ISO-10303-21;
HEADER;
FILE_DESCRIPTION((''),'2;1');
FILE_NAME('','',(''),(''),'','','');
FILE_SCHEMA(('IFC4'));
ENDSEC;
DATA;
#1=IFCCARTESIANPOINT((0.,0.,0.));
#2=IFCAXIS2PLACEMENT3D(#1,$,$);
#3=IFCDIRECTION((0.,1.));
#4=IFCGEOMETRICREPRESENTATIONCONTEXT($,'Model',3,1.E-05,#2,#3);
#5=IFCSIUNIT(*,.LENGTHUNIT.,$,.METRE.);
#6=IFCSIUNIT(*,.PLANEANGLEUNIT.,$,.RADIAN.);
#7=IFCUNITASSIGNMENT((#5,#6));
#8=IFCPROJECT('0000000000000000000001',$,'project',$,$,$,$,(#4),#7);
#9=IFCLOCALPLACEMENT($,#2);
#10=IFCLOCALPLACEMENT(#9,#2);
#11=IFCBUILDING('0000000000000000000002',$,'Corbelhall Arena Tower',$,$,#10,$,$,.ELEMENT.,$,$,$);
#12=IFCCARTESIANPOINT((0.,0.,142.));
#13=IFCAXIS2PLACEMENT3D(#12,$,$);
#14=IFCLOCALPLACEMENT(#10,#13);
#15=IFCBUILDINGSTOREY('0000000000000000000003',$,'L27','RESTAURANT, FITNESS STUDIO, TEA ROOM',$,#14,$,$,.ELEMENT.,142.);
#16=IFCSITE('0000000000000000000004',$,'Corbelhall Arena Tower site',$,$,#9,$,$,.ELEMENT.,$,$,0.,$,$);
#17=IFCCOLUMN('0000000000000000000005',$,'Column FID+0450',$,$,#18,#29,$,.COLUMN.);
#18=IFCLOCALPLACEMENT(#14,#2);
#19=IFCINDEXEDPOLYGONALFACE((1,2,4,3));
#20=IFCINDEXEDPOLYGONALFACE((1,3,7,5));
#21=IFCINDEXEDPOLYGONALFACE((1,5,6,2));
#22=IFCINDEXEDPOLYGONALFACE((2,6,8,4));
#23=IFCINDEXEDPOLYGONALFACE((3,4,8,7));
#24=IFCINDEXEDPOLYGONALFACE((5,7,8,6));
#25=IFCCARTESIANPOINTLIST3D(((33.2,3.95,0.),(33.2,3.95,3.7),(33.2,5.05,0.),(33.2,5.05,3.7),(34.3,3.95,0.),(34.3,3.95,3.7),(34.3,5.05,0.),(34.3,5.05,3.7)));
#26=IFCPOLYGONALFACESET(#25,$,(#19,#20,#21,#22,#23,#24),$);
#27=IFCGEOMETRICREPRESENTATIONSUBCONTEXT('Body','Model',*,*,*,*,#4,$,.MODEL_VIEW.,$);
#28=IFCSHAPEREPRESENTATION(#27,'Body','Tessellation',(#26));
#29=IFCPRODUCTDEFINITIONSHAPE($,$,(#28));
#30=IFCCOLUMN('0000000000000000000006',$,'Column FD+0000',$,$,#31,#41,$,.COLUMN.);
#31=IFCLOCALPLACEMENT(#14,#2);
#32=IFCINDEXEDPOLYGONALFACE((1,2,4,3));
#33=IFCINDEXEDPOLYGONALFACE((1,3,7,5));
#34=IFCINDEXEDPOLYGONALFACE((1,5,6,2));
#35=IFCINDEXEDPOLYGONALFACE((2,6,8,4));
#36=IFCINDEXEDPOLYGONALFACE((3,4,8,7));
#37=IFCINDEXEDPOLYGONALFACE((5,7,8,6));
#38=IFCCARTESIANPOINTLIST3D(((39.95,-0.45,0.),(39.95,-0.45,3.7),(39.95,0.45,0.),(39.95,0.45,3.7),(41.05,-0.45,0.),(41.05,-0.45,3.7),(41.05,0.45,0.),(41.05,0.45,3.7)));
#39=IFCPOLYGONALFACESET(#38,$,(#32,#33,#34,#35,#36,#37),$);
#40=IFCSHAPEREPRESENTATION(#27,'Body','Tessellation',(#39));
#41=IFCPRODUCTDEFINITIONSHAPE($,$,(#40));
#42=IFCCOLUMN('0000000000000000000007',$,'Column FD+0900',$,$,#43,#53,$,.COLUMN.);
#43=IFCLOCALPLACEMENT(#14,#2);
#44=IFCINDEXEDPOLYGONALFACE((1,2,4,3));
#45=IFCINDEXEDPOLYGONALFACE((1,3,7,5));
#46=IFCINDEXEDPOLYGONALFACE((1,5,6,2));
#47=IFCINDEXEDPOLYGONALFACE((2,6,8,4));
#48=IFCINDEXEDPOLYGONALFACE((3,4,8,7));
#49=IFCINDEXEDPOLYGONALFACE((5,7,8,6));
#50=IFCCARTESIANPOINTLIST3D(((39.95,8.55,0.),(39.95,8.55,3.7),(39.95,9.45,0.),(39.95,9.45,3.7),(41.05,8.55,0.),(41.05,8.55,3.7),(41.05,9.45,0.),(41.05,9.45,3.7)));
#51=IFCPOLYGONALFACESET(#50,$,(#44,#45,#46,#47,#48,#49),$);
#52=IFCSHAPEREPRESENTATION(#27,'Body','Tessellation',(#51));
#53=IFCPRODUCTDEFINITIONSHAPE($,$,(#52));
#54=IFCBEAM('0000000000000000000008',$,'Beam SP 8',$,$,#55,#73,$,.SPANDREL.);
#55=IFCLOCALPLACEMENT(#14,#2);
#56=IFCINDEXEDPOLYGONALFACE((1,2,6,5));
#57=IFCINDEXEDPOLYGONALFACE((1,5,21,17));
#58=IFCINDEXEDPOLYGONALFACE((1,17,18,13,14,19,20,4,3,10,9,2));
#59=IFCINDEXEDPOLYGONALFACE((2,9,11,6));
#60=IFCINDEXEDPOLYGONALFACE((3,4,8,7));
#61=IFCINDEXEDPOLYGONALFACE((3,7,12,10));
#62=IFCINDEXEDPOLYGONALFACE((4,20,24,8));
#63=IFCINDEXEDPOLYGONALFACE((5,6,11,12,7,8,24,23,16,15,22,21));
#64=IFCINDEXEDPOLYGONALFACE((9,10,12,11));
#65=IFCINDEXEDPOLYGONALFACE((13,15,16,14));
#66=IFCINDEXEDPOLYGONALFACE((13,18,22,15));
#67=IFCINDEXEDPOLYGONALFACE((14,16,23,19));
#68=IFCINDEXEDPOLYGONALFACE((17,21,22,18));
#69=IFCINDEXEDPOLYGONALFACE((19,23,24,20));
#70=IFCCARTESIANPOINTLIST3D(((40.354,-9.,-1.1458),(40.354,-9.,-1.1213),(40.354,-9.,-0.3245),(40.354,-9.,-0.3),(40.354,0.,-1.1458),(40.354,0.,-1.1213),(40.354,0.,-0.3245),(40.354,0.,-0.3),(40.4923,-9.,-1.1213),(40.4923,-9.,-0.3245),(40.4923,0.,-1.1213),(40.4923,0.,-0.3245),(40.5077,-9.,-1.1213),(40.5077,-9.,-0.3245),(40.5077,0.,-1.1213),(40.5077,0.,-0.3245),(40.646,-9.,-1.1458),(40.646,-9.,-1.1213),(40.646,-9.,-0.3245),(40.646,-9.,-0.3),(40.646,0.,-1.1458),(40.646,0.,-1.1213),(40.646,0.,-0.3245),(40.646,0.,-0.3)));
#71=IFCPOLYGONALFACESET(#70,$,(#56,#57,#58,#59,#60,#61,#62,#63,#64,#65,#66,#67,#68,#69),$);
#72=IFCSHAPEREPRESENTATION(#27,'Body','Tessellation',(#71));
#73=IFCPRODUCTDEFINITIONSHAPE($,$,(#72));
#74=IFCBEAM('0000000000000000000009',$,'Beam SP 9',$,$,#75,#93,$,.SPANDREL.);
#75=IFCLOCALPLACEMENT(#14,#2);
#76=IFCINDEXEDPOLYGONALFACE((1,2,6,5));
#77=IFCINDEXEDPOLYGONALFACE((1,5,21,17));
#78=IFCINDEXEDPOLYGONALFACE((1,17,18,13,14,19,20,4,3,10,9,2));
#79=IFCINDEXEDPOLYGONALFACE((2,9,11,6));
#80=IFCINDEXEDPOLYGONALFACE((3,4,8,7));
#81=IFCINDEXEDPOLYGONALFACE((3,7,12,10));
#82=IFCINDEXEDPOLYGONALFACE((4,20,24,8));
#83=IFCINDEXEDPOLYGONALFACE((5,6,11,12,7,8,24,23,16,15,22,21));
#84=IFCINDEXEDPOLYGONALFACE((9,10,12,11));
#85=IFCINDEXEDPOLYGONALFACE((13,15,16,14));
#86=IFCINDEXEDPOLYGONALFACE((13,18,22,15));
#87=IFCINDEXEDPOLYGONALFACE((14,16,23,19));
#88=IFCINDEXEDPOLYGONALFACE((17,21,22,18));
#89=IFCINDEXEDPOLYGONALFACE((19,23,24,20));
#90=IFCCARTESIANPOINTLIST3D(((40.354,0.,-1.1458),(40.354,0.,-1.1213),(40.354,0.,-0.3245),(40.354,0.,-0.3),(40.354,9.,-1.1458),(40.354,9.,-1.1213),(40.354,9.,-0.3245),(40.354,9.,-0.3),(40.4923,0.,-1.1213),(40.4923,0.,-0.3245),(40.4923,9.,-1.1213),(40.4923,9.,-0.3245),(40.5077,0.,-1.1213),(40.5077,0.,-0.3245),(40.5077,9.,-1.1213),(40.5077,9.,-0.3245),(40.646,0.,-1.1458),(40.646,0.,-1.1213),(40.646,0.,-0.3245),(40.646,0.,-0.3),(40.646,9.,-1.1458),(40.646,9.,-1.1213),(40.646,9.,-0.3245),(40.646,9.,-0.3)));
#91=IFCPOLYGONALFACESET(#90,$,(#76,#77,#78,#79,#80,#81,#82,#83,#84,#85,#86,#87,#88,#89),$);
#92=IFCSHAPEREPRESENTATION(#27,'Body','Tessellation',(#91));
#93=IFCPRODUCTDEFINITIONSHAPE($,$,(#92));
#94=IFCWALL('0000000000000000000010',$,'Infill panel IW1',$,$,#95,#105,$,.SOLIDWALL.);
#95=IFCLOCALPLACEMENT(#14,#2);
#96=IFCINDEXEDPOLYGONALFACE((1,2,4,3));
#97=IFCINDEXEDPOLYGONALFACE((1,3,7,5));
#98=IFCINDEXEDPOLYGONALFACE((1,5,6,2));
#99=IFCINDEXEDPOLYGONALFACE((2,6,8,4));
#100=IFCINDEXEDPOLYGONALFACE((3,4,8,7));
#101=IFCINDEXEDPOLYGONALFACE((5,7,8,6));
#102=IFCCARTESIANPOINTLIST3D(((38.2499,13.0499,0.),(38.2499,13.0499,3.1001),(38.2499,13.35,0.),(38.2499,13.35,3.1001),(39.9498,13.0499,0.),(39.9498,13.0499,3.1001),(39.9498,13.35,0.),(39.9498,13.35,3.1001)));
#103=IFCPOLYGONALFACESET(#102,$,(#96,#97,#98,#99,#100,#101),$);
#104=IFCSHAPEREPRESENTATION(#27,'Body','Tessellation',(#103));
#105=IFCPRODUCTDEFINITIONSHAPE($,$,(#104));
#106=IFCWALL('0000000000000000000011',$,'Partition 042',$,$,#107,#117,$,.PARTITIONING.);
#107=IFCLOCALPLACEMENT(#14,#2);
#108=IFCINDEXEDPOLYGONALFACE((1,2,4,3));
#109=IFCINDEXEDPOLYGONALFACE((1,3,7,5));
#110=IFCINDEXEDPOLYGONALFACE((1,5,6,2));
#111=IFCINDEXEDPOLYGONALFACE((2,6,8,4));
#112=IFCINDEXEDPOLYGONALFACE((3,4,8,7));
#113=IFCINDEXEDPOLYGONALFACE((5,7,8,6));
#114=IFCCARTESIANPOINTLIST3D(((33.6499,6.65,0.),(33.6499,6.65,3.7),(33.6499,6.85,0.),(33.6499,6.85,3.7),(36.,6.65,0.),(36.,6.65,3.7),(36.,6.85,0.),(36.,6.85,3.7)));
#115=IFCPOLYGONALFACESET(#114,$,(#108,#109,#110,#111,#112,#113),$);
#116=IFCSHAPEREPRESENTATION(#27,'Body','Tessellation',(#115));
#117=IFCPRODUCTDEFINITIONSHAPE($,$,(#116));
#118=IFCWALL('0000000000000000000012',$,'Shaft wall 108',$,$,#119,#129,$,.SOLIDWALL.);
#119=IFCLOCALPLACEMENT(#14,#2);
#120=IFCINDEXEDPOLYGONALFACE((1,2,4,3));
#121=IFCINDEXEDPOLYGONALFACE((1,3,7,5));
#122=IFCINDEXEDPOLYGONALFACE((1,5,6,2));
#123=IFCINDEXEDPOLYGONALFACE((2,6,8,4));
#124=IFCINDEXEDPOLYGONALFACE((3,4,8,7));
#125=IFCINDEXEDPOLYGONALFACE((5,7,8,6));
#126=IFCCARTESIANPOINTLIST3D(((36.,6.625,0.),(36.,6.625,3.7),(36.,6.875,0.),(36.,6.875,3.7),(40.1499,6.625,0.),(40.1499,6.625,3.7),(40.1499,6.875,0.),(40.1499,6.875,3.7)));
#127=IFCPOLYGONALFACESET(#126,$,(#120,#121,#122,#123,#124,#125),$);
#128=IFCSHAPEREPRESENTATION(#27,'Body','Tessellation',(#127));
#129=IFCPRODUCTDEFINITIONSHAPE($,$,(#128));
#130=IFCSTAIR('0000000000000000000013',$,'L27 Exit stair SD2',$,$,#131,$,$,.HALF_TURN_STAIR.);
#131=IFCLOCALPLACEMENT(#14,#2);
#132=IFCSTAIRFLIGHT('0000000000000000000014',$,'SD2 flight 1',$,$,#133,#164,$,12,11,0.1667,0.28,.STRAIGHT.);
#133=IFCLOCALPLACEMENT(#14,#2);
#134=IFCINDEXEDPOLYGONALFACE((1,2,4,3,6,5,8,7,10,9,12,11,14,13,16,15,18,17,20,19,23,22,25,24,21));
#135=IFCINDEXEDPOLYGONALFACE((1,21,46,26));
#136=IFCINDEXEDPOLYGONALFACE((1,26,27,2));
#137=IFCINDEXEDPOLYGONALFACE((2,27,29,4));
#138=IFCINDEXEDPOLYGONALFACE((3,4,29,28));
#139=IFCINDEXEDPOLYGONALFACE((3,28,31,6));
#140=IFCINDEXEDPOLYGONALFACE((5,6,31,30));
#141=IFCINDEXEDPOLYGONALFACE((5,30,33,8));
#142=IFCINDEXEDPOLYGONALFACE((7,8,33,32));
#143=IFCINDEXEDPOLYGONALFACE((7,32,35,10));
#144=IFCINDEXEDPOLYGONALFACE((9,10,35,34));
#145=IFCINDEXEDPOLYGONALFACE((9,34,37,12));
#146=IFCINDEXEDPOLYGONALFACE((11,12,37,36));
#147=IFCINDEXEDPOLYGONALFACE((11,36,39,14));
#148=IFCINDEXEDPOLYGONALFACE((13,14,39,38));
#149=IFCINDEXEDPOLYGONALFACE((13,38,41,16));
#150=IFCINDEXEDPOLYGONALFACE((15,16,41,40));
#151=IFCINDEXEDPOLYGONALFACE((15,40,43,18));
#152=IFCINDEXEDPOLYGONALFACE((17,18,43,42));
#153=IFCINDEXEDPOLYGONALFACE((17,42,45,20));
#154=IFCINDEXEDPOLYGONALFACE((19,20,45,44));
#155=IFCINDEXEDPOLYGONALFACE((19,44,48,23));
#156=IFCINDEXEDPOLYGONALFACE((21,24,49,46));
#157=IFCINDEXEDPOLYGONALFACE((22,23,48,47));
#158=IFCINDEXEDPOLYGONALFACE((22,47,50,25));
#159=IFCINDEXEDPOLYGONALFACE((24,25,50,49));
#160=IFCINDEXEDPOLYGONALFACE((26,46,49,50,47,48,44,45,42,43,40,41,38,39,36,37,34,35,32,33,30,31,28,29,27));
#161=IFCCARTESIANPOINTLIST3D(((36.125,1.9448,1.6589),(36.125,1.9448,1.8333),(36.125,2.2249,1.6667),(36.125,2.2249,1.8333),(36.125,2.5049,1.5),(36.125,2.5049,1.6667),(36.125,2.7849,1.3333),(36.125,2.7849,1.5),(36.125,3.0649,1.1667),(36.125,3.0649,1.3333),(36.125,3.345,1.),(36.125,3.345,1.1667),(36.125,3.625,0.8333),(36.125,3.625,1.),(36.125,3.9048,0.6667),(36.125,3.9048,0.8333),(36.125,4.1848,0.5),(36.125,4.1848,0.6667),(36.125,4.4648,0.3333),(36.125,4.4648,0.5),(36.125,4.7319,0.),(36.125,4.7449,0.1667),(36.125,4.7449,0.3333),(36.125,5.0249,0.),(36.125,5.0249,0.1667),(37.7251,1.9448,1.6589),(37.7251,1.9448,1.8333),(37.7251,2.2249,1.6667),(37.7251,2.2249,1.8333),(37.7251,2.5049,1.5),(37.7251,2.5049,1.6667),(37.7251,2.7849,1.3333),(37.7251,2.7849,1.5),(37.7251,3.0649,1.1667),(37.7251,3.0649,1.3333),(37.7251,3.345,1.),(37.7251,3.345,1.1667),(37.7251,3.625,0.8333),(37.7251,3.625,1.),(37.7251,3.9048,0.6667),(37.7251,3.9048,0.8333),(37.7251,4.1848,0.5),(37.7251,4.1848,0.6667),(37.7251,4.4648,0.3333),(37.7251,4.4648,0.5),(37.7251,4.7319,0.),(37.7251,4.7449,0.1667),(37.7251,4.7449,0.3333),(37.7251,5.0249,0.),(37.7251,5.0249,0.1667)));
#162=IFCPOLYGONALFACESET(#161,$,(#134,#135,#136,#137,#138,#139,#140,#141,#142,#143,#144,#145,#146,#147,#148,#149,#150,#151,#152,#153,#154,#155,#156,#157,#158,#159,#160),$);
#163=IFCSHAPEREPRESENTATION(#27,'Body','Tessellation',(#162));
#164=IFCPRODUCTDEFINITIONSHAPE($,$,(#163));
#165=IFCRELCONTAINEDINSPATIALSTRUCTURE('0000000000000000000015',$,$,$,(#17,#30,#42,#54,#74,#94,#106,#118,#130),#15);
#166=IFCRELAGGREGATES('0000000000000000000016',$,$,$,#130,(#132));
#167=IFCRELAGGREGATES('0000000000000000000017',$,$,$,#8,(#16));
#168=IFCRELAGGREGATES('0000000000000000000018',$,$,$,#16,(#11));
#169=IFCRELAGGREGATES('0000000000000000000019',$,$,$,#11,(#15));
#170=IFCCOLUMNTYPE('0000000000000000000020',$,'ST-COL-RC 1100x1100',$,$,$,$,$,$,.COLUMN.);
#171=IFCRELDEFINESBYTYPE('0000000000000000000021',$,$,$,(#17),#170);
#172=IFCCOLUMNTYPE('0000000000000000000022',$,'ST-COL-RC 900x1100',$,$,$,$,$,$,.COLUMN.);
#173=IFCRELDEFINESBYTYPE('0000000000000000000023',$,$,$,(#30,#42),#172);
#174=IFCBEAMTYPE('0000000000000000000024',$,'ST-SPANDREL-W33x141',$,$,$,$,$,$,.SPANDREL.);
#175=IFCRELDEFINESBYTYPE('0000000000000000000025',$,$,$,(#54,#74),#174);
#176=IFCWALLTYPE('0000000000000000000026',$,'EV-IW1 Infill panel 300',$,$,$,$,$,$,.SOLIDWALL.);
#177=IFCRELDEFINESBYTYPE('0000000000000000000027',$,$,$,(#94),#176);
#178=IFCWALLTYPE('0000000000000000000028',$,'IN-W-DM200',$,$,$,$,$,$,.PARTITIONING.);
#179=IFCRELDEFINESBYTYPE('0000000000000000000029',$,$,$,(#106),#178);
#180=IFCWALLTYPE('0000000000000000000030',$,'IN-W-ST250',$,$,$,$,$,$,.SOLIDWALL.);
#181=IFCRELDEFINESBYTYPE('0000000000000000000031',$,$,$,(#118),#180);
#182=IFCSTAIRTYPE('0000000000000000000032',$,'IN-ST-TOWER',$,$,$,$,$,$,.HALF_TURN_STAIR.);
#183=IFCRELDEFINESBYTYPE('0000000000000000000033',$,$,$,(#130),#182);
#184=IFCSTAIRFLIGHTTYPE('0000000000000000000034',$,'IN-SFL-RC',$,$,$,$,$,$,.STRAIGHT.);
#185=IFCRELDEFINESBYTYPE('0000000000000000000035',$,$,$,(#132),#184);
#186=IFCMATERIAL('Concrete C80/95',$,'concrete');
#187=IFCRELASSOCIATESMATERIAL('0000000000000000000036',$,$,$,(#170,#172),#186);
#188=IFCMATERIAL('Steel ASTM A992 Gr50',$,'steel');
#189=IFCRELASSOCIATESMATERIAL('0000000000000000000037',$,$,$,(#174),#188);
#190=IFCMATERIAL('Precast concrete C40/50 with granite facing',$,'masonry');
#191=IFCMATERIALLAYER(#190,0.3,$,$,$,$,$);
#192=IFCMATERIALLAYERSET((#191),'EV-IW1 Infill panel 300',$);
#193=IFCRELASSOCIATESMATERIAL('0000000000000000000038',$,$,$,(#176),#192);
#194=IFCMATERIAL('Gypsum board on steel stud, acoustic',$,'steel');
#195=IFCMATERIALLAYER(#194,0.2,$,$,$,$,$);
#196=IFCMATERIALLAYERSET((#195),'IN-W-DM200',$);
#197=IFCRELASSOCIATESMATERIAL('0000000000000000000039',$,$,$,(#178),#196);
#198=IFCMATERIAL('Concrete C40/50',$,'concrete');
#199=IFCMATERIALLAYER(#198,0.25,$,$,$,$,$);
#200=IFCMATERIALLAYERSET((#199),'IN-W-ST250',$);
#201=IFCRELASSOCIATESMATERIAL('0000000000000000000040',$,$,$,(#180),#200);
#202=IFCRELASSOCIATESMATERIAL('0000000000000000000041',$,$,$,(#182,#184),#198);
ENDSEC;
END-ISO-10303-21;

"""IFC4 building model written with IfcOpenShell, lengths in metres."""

from ifc_helpers import new_model, si_unit, direction, frame, frame_2d, origin, origin_2d, place, context, subcontext, project, spatial, polyline, rectangle, i_section, outline, extrude, material, layer, layer_set, material_profile, profile_set, type_object, element, aggregate, save


model = new_model("IFC4")

# Units and contexts
model_context = context("Model", 3, precision=1e-05, world=origin(), true_north=direction((0.0, 1.0)))
body_context = subcontext(model_context, "Body", "Model", "MODEL_VIEW")
ifc_project = project(units=[si_unit("LENGTHUNIT", "METRE"), si_unit("PLANEANGLEUNIT", "RADIAN")], contexts=[model_context])

# Site, building, storey
site_placement = place(None, origin())
site = spatial("IfcSite", under=ifc_project, at=site_placement, Name="Corbelhall Arena Tower site", CompositionType="ELEMENT", RefElevation=0.0)
building_placement = place(site_placement, origin())
building = spatial("IfcBuilding", under=site, at=building_placement, Name="Corbelhall Arena Tower", CompositionType="ELEMENT")
storey_placement = place(building_placement, frame((0.0, 0.0, 142.0)))
storey = spatial("IfcBuildingStorey", under=building, at=storey_placement, Name="L27", Description="RESTAURANT, FITNESS STUDIO, TEA ROOM", CompositionType="ELEMENT", Elevation=142.0)

# Columns
ifc_material_1 = material(Name="Concrete C80/95", Category="concrete")
ifc_material_profile_1 = material_profile(ifc_material_1, rectangle(XDim=1.1001, YDim=1.1001, at=origin_2d()))
ifc_profile_set_1 = profile_set([ifc_material_profile_1], Name="Concrete C80/95")
column_type_1 = type_object("IfcColumnType", Name="ST-COL-RC 1100x1100", PredefinedType="COLUMN", material=ifc_profile_set_1)
column_placement = place(storey_placement, frame((33.75, 4.5, 0.0), z_axis=(0.0, 0.0, 1.0), x_axis=(1.0, 0.0, 0.0)))
element("IfcColumn", 1, at=column_placement, inside=storey, type_object=column_type_1, Name="Column FID+0450", PredefinedType="COLUMN", context=body_context, shape_type="SweptSolid", body=[
    extrude(rectangle(XDim=1.1001, YDim=1.1001, at=origin_2d()), origin(), (0.0, 0.0, 1.0), 3.7),
])
ifc_material_profile_2 = material_profile(ifc_material_1, rectangle(XDim=0.8999, YDim=1.1001, at=origin_2d()))
ifc_profile_set_2 = profile_set([ifc_material_profile_2], Name="Concrete C80/95")
column_type_2 = type_object("IfcColumnType", Name="ST-COL-RC 900x1100", PredefinedType="COLUMN", material=ifc_profile_set_2)
for number, where, z_axis, x_axis, name in (
    (2, (40.5, 0.0, 0.0), (0.0, 0.0, 1.0), (0.0, 1.0, 0.0), "Column FD+0000"),
    (3, (40.5, 9.0, 0.0), (0.0, 0.0, 1.0), (0.0, 1.0, 0.0), "Column FD+0900"),
):
    element("IfcColumn", number, at=place(storey_placement, frame(where, z_axis=z_axis, x_axis=x_axis)), inside=storey, type_object=column_type_2, Name=name, PredefinedType="COLUMN", context=body_context, shape_type="SweptSolid", body=[
        extrude(rectangle(XDim=0.8999, YDim=1.1001, at=origin_2d()), origin(), (0.0, 0.0, 1.0), 3.7),
    ])

# Beams
ifc_material_2 = material(Name="Steel ASTM A992 Gr50", Category="steel")
ifc_material_profile_3 = material_profile(ifc_material_2, i_section(OverallWidth=0.292, OverallDepth=0.8457, WebThickness=0.0154, FlangeThickness=0.0244, at=origin_2d()))
ifc_profile_set_3 = profile_set([ifc_material_profile_3], Name="Steel ASTM A992 Gr50")
beam_type = type_object("IfcBeamType", Name="ST-SPANDREL-W33x141", PredefinedType="SPANDREL", material=ifc_profile_set_3)
for number, where, z_axis, x_axis, name in (
    (4, (40.5, 0.0, -0.7229), (0.0, -1.0, 0.0), (1.0, 0.0, 0.0), "Beam SP 8"),
    (5, (40.5, 9.0, -0.7229), (0.0, -1.0, 0.0), (1.0, 0.0, 0.0), "Beam SP 9"),
):
    element("IfcBeam", number, at=place(storey_placement, frame(where, z_axis=z_axis, x_axis=x_axis)), inside=storey, type_object=beam_type, Name=name, PredefinedType="SPANDREL", context=body_context, shape_type="SweptSolid", body=[
        extrude(i_section(OverallWidth=0.292, OverallDepth=0.8457, WebThickness=0.0154, FlangeThickness=0.0244, at=origin_2d()), origin(), (0.0, 0.0, 1.0), 9.0),
    ])

# Wall
ifc_material_3 = material(Name="Precast concrete C40/50 with granite facing", Category="masonry")
ifc_layer_1 = layer(ifc_material_3, 0.3)
ifc_layer_set_1 = layer_set([ifc_layer_1], Name="EV-IW1 Infill panel 300")
wall_type_1 = type_object("IfcWallType", Name="EV-IW1 Infill panel 300", PredefinedType="SOLIDWALL", material=ifc_layer_set_1)
wall_1_placement = place(storey_placement, frame((39.95, 13.2, 0.0), z_axis=(0.0, 0.0, 1.0), x_axis=(-1.0, 0.0, 0.0)))
element("IfcWall", 6, at=wall_1_placement, inside=storey, type_object=wall_type_1, Name="Infill panel IW1", PredefinedType="SOLIDWALL", context=body_context, shape_type="SweptSolid", body=[
    extrude(rectangle(XDim=1.7, YDim=0.3, at=frame_2d((0.8501, 0.0))), origin(), (0.0, 0.0, 1.0), 3.1001),
])

# Walls
ifc_material_4 = material(Name="Gypsum board on steel stud, acoustic", Category="steel")
ifc_layer_2 = layer(ifc_material_4, 0.2)
ifc_layer_set_2 = layer_set([ifc_layer_2], Name="IN-W-DM200")
wall_type_2 = type_object("IfcWallType", Name="IN-W-DM200", PredefinedType="PARTITIONING", material=ifc_layer_set_2)
wall_2_placement = place(storey_placement, frame((33.6499, 6.75, 0.0), z_axis=(0.0, 0.0, 1.0), x_axis=(1.0, 0.0, 0.0)))
element("IfcWall", 7, at=wall_2_placement, inside=storey, type_object=wall_type_2, Name="Partition 042", PredefinedType="PARTITIONING", context=body_context, shape_type="SweptSolid", body=[
    extrude(rectangle(XDim=2.3501, YDim=0.2, at=frame_2d((1.175, 0.0))), origin(), (0.0, 0.0, 1.0), 3.7),
])
ifc_material_5 = material(Name="Concrete C40/50", Category="concrete")
ifc_layer_3 = layer(ifc_material_5, 0.25)
ifc_layer_set_3 = layer_set([ifc_layer_3], Name="IN-W-ST250")
wall_type_3 = type_object("IfcWallType", Name="IN-W-ST250", PredefinedType="SOLIDWALL", material=ifc_layer_set_3)
wall_3_placement = place(storey_placement, frame((36.0, 6.75, 0.0), z_axis=(0.0, 0.0, 1.0), x_axis=(1.0, 0.0, 0.0)))
element("IfcWall", 8, at=wall_3_placement, inside=storey, type_object=wall_type_3, Name="Shaft wall 108", PredefinedType="SOLIDWALL", context=body_context, shape_type="SweptSolid", body=[
    extrude(rectangle(XDim=4.1499, YDim=0.25, at=frame_2d((2.075, 0.0))), origin(), (0.0, 0.0, 1.0), 3.7),
])

# Stair, stair flight
stair_type = type_object("IfcStairType", Name="IN-ST-TOWER", PredefinedType="HALF_TURN_STAIR", material=ifc_material_5)
stair_placement = place(storey_placement, origin())
stair = element("IfcStair", 9, at=stair_placement, inside=storey, type_object=stair_type, Name="L27 Exit stair SD2", PredefinedType="HALF_TURN_STAIR")
stair_flight_type = type_object("IfcStairFlightType", Name="IN-SFL-RC", PredefinedType="STRAIGHT", material=ifc_material_5)
stair_flight_1_placement = place(storey_placement, frame((36.925, 5.0249, 0.0), z_axis=(0.0, 0.0, 1.0), x_axis=(0.0, -1.0, 0.0)))
stair_flight_1 = element("IfcStairFlight", 10, at=stair_flight_1_placement, type_object=stair_flight_type, Name="SD2 flight 1", NumberOfRisers=12, NumberOfTreads=11, PredefinedType="STRAIGHT", RiserHeight=0.1667, TreadLength=0.28, context=body_context, shape_type="SweptSolid", body=[
    extrude(outline(polyline([(0.0, 0.0), (0.0, 0.1667), (0.28, 0.1667), (0.28, 0.3333), (0.5601, 0.3333), (0.5601, 0.5), (0.8401, 0.5), (0.8401, 0.6667), (1.1201, 0.6667), (1.1201, 0.8333), (1.3999, 0.8333), (1.3999, 1.0), (1.6799, 1.0), (1.6799, 1.1667), (1.96, 1.1667), (1.96, 1.3333), (2.24, 1.3333), (2.24, 1.5), (2.52, 1.5), (2.52, 1.6667), (2.8, 1.6667), (2.8, 1.8333), (3.0801, 1.8333), (3.0801, 2.0), (3.0801, 1.6589), (0.293, 0.0), (0.0, 0.0)])), frame((0.0, 0.8, 0.0), z_axis=(0.0, -1.0, 0.0), x_axis=(1.0, 0.0, 0.0)), (0.0, 0.0, 1.0), 1.6001),
])
aggregate(stair, [stair_flight_1])

save(model, "model.ifc")
